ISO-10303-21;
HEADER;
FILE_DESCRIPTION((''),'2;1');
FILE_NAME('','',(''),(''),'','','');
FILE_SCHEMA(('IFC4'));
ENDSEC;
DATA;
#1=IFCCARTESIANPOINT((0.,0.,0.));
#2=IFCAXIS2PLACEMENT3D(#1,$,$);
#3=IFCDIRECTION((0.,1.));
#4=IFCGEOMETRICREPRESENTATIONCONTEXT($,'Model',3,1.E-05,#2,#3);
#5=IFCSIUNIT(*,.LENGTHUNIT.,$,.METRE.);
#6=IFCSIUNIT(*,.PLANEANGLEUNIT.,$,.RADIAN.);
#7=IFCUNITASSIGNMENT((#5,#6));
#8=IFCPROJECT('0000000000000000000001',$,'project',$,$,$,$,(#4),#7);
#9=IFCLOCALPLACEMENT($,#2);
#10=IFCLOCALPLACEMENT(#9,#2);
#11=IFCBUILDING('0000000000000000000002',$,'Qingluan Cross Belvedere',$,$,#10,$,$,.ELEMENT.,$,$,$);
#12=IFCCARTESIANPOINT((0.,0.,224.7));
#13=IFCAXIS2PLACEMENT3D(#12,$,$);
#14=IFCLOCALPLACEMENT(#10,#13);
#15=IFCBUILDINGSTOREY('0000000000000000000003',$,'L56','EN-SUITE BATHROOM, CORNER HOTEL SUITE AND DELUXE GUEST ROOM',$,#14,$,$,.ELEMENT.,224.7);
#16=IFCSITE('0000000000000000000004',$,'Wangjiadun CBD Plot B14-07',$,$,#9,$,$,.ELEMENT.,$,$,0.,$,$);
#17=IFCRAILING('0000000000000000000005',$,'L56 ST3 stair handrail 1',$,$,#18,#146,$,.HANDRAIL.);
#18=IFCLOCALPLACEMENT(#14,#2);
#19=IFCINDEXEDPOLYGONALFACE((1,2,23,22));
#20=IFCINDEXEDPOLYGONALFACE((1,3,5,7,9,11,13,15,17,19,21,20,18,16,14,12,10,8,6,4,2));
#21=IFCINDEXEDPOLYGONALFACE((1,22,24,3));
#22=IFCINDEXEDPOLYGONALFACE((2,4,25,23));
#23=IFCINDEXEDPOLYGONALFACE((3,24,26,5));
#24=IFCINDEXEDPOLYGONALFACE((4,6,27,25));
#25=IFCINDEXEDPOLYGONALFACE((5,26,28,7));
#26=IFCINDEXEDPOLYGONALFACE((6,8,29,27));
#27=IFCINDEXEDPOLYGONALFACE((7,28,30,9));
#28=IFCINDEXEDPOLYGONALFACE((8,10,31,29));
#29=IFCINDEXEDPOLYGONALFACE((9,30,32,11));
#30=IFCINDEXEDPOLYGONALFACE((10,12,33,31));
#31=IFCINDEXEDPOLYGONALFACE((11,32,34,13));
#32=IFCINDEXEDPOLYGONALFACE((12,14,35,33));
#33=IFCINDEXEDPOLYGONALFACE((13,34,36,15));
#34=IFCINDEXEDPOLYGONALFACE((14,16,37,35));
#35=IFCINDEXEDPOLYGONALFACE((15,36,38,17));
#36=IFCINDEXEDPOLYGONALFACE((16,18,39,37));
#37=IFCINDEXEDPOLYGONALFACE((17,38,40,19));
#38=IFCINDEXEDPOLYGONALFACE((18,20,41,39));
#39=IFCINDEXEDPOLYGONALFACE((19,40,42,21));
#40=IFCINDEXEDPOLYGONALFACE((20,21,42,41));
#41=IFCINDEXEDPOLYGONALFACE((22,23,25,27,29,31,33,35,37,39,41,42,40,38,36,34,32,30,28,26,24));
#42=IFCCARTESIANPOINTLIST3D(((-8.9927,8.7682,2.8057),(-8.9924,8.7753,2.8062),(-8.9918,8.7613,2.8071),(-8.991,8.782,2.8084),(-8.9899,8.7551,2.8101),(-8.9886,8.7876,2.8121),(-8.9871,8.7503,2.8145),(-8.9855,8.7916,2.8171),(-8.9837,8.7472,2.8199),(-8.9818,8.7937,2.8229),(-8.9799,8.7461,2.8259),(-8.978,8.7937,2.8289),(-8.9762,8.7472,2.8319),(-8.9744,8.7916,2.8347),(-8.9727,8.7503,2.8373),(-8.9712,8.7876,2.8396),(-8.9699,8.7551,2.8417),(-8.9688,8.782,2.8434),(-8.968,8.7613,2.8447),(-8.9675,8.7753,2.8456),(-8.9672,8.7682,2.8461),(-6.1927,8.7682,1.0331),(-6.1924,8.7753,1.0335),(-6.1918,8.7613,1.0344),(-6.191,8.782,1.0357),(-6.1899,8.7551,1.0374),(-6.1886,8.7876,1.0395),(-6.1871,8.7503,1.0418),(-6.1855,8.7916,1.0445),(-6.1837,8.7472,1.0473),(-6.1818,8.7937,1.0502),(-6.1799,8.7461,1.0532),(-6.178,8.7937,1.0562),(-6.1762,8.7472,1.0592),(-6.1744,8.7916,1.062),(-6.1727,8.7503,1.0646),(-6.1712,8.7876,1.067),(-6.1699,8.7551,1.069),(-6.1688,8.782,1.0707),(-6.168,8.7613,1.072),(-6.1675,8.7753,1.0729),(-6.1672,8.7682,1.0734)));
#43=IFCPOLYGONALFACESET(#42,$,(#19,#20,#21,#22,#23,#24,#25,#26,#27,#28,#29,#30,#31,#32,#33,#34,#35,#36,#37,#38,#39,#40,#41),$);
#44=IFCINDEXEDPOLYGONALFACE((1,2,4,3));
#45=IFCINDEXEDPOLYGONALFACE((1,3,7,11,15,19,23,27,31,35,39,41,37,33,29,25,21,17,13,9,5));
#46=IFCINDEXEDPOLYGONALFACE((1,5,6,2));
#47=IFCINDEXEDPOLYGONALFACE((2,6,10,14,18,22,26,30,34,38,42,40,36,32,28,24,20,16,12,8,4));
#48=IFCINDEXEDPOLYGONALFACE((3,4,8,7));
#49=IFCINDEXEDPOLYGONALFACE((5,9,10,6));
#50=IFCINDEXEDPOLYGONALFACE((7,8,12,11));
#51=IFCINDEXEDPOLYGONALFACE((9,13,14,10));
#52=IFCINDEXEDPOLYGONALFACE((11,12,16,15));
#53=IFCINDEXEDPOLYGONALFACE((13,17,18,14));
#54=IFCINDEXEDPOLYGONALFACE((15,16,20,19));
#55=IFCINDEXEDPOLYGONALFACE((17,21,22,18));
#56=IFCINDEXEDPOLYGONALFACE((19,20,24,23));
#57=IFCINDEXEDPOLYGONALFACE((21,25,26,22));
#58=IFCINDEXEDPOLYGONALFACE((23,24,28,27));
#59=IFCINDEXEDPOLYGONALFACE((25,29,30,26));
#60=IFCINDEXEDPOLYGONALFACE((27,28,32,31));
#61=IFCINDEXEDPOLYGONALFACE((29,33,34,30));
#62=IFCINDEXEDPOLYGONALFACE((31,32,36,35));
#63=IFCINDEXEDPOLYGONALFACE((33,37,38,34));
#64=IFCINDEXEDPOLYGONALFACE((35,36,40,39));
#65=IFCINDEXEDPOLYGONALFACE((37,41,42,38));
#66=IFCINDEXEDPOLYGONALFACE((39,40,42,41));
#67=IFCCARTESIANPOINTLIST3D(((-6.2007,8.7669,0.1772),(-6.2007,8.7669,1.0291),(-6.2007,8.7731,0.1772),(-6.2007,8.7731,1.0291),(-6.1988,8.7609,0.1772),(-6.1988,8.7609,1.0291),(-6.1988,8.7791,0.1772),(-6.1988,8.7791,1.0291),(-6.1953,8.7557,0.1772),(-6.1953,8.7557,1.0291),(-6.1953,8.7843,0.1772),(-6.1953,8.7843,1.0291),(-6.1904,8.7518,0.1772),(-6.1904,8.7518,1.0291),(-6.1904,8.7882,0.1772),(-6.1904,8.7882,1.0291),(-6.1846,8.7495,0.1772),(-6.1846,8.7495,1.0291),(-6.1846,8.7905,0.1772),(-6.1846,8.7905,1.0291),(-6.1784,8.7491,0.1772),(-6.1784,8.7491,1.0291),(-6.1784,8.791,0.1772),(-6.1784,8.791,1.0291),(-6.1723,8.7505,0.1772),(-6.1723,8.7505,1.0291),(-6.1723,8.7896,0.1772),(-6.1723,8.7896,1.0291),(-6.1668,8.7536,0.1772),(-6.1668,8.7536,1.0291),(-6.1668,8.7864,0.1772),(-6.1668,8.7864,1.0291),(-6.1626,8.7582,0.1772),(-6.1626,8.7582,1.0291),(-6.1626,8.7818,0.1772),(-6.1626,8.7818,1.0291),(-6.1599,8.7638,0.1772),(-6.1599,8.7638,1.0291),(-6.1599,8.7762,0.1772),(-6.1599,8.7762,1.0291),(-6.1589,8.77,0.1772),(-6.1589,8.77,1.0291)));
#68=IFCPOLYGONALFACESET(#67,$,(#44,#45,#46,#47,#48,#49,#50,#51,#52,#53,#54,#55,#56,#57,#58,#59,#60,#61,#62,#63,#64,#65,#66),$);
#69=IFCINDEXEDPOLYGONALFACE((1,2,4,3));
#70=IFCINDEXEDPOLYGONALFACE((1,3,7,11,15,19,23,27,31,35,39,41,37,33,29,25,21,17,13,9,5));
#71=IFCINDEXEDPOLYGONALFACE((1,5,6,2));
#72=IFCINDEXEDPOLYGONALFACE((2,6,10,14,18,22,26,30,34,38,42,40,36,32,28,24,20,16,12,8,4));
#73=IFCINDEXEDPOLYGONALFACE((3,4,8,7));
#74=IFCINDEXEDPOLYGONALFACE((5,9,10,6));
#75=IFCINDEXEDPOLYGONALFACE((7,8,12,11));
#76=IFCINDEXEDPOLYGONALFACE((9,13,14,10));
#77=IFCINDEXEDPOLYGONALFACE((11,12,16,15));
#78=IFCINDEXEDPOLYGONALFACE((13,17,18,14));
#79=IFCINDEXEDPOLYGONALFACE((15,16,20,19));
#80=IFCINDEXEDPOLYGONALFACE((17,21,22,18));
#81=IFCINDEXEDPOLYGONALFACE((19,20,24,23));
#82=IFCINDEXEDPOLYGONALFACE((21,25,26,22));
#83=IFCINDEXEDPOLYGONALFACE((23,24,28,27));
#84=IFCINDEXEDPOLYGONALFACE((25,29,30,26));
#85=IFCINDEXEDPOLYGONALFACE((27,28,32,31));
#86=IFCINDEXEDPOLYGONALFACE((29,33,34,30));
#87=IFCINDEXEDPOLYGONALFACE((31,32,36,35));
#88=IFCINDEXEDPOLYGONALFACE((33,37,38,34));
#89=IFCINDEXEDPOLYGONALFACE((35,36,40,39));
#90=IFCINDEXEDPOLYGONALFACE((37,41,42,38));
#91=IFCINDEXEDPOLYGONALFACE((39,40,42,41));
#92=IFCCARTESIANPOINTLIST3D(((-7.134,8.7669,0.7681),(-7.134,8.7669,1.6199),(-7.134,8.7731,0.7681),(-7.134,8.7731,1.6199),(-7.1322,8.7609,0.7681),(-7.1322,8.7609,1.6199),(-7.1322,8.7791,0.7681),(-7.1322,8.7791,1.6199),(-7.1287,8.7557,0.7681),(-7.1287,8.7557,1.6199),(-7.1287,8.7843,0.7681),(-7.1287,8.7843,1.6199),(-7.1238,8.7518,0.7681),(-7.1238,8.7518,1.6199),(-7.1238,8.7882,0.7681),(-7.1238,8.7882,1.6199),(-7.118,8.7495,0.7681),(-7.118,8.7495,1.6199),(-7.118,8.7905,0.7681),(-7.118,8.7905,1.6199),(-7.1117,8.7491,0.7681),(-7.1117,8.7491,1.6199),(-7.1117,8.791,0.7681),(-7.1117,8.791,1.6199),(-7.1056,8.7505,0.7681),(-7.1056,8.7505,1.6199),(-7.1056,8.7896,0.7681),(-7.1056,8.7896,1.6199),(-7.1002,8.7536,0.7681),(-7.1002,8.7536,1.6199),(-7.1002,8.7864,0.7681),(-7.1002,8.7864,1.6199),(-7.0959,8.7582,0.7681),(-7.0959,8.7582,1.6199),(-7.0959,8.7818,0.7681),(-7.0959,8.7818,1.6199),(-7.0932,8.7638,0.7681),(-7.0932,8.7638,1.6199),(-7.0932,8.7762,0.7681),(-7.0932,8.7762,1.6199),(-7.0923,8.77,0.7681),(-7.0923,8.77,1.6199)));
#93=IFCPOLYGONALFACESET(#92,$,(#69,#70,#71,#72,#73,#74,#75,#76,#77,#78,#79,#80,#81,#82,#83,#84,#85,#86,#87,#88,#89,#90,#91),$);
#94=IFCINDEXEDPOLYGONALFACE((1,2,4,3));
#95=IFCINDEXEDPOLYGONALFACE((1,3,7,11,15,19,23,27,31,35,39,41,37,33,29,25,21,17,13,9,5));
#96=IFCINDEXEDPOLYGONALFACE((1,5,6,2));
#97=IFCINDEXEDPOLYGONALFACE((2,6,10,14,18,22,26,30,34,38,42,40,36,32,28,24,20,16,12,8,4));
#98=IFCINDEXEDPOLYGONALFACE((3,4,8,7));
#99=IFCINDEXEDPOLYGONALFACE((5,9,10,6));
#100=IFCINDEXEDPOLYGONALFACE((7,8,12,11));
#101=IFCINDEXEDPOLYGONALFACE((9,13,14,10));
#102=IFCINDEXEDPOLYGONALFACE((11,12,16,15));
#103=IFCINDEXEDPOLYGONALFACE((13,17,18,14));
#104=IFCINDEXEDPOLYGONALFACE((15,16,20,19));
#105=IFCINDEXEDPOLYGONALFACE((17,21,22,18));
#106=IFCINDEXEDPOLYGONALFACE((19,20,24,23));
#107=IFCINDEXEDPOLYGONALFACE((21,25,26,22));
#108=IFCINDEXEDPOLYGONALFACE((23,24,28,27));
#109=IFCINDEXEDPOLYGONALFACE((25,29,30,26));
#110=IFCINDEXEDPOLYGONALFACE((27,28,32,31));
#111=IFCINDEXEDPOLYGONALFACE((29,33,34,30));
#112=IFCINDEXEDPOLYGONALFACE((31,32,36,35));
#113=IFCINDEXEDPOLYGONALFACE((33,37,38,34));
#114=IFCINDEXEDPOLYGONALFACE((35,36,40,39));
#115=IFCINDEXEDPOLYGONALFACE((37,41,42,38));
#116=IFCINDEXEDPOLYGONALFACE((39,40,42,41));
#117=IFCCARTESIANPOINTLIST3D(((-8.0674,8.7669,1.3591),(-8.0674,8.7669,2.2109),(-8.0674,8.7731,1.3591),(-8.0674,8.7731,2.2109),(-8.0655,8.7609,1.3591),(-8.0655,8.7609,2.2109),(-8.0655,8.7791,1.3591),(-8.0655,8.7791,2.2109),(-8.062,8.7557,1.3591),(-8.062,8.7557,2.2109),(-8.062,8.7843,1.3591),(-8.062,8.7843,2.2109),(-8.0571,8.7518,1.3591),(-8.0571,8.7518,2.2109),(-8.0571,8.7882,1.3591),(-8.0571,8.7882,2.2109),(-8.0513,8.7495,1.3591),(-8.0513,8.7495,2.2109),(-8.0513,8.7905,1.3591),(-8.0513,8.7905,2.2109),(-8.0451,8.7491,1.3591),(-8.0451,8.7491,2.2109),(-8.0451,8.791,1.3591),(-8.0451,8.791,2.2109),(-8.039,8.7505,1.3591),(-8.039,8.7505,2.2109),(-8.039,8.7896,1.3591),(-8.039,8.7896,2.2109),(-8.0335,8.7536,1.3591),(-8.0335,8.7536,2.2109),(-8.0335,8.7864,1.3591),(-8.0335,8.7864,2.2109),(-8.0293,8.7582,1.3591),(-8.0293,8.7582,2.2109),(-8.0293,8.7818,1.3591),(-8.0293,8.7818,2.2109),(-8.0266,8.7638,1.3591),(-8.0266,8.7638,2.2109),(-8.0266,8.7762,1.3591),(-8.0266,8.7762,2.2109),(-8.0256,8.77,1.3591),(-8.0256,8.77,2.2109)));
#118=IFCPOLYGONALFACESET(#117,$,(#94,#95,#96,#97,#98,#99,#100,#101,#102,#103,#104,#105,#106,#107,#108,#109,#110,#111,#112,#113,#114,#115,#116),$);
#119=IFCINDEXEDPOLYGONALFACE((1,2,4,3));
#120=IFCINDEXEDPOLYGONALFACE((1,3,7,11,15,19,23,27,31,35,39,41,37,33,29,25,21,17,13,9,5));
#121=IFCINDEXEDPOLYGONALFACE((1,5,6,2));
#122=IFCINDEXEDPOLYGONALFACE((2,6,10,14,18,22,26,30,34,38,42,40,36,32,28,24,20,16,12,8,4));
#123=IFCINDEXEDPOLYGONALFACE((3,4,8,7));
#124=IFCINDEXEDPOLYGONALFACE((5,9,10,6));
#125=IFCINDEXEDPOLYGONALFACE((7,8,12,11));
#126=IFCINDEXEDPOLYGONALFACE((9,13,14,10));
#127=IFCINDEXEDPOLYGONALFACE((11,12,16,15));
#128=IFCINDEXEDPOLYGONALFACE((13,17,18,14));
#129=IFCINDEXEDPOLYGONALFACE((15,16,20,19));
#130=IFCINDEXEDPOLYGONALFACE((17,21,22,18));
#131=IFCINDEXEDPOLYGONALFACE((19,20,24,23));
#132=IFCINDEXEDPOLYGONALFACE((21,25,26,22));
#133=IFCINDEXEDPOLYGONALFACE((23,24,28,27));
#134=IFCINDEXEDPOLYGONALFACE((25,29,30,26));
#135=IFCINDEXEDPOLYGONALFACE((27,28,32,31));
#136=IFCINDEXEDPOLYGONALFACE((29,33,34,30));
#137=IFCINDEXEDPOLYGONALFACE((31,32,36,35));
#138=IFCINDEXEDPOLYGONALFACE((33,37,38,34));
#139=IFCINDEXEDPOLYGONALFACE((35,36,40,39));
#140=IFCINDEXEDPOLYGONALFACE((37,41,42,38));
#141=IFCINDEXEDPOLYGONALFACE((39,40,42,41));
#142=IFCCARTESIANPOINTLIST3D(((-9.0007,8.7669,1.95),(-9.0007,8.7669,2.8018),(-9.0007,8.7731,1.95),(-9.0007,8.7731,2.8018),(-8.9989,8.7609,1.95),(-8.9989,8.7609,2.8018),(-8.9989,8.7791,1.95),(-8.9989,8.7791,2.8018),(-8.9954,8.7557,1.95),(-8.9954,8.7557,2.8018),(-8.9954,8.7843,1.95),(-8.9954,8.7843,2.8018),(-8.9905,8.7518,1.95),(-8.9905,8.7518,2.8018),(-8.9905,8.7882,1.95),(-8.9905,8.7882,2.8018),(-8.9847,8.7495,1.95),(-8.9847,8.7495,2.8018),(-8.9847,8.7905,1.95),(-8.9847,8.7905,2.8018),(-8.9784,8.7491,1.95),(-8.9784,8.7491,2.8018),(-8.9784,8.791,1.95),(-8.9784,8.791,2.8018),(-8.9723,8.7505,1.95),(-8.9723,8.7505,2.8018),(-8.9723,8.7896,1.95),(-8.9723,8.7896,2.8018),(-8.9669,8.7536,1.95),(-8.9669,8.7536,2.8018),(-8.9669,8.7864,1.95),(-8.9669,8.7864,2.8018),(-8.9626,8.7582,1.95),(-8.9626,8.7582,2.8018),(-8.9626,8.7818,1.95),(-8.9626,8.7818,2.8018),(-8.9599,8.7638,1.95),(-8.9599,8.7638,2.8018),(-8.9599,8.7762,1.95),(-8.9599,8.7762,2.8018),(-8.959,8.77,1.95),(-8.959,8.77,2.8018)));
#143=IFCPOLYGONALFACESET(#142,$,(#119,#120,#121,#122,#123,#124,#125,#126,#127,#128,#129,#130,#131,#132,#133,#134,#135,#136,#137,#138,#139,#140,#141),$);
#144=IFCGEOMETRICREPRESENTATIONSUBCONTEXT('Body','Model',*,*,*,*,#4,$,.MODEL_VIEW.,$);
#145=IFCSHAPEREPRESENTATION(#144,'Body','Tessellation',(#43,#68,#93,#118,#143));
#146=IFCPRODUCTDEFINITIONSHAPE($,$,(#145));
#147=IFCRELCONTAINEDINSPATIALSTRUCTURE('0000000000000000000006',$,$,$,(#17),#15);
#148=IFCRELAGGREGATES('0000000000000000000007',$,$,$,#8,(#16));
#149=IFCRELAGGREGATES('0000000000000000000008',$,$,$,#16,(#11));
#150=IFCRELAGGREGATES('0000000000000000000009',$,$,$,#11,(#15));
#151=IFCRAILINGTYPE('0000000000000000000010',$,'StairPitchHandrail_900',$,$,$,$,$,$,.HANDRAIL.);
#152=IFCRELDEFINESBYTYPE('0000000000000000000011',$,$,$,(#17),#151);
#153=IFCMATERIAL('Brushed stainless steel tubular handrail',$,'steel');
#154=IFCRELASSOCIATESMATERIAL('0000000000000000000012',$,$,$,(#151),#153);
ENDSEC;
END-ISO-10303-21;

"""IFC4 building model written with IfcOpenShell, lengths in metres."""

from ifc_helpers import new_model, si_unit, direction, frame, origin, origin_2d, place, context, subcontext, project, spatial, circle, extrude, material, type_object, element, save


model = new_model("IFC4")

# Units and contexts
model_context = context("Model", 3, precision=1e-05, world=origin(), true_north=direction((0.0, 1.0)))
body_context = subcontext(model_context, "Body", "Model", "MODEL_VIEW")
ifc_project = project(units=[si_unit("LENGTHUNIT", "METRE"), si_unit("PLANEANGLEUNIT", "RADIAN")], contexts=[model_context])

# Site, building, storey
site_placement = place(None, origin())
site = spatial("IfcSite", under=ifc_project, at=site_placement, Name="Wangjiadun CBD Plot B14-07", CompositionType="ELEMENT", RefElevation=0.0)
building_placement = place(site_placement, origin())
building = spatial("IfcBuilding", under=site, at=building_placement, Name="Qingluan Cross Belvedere", CompositionType="ELEMENT")
storey_placement = place(building_placement, frame((0.0, 0.0, 224.7)))
storey = spatial("IfcBuildingStorey", under=building, at=storey_placement, Name="L56", Description="EN-SUITE BATHROOM, CORNER HOTEL SUITE AND DELUXE GUEST ROOM", CompositionType="ELEMENT", Elevation=224.7)

# Railing
ifc_material_1 = material(Name="Brushed stainless steel tubular handrail", Category="steel")
railing_type_1 = type_object("IfcRailingType", Name="StairPitchHandrail_900", PredefinedType="HANDRAIL", material=ifc_material_1)
railing_1_placement = place(storey_placement, frame((-6.1799, 8.77, 0.1772)))
element("IfcRailing", 1, at=railing_1_placement, inside=storey, type_object=railing_type_1, Name="L56 ST3 stair handrail 1", PredefinedType="HANDRAIL", context=body_context, shape_type="SweptSolid", body=[
    extrude(circle(Radius=0.0239, at=origin_2d()), frame((0.0, 0.0, 0.876), z_axis=(-0.844909, 0.0, 0.53491), x_axis=(0.0, -1.0, 0.0)), (0.0, 0.0, 1.0), 3.314),
    extrude(circle(Radius=0.021, at=origin_2d()), origin(), (0.0, 0.0, 1.0), 0.8518),
    extrude(circle(Radius=0.021, at=origin_2d()), frame((-0.9333, 0.0, 0.5908)), (0.0, 0.0, 1.0), 0.8518),
    extrude(circle(Radius=0.021, at=origin_2d()), frame((-1.8667, 0.0, 1.1819)), (0.0, 0.0, 1.0), 0.8518),
    extrude(circle(Radius=0.021, at=origin_2d()), frame((-2.8, 0.0, 1.7727)), (0.0, 0.0, 1.0), 0.8518),
])

save(model, "model.ifc")
